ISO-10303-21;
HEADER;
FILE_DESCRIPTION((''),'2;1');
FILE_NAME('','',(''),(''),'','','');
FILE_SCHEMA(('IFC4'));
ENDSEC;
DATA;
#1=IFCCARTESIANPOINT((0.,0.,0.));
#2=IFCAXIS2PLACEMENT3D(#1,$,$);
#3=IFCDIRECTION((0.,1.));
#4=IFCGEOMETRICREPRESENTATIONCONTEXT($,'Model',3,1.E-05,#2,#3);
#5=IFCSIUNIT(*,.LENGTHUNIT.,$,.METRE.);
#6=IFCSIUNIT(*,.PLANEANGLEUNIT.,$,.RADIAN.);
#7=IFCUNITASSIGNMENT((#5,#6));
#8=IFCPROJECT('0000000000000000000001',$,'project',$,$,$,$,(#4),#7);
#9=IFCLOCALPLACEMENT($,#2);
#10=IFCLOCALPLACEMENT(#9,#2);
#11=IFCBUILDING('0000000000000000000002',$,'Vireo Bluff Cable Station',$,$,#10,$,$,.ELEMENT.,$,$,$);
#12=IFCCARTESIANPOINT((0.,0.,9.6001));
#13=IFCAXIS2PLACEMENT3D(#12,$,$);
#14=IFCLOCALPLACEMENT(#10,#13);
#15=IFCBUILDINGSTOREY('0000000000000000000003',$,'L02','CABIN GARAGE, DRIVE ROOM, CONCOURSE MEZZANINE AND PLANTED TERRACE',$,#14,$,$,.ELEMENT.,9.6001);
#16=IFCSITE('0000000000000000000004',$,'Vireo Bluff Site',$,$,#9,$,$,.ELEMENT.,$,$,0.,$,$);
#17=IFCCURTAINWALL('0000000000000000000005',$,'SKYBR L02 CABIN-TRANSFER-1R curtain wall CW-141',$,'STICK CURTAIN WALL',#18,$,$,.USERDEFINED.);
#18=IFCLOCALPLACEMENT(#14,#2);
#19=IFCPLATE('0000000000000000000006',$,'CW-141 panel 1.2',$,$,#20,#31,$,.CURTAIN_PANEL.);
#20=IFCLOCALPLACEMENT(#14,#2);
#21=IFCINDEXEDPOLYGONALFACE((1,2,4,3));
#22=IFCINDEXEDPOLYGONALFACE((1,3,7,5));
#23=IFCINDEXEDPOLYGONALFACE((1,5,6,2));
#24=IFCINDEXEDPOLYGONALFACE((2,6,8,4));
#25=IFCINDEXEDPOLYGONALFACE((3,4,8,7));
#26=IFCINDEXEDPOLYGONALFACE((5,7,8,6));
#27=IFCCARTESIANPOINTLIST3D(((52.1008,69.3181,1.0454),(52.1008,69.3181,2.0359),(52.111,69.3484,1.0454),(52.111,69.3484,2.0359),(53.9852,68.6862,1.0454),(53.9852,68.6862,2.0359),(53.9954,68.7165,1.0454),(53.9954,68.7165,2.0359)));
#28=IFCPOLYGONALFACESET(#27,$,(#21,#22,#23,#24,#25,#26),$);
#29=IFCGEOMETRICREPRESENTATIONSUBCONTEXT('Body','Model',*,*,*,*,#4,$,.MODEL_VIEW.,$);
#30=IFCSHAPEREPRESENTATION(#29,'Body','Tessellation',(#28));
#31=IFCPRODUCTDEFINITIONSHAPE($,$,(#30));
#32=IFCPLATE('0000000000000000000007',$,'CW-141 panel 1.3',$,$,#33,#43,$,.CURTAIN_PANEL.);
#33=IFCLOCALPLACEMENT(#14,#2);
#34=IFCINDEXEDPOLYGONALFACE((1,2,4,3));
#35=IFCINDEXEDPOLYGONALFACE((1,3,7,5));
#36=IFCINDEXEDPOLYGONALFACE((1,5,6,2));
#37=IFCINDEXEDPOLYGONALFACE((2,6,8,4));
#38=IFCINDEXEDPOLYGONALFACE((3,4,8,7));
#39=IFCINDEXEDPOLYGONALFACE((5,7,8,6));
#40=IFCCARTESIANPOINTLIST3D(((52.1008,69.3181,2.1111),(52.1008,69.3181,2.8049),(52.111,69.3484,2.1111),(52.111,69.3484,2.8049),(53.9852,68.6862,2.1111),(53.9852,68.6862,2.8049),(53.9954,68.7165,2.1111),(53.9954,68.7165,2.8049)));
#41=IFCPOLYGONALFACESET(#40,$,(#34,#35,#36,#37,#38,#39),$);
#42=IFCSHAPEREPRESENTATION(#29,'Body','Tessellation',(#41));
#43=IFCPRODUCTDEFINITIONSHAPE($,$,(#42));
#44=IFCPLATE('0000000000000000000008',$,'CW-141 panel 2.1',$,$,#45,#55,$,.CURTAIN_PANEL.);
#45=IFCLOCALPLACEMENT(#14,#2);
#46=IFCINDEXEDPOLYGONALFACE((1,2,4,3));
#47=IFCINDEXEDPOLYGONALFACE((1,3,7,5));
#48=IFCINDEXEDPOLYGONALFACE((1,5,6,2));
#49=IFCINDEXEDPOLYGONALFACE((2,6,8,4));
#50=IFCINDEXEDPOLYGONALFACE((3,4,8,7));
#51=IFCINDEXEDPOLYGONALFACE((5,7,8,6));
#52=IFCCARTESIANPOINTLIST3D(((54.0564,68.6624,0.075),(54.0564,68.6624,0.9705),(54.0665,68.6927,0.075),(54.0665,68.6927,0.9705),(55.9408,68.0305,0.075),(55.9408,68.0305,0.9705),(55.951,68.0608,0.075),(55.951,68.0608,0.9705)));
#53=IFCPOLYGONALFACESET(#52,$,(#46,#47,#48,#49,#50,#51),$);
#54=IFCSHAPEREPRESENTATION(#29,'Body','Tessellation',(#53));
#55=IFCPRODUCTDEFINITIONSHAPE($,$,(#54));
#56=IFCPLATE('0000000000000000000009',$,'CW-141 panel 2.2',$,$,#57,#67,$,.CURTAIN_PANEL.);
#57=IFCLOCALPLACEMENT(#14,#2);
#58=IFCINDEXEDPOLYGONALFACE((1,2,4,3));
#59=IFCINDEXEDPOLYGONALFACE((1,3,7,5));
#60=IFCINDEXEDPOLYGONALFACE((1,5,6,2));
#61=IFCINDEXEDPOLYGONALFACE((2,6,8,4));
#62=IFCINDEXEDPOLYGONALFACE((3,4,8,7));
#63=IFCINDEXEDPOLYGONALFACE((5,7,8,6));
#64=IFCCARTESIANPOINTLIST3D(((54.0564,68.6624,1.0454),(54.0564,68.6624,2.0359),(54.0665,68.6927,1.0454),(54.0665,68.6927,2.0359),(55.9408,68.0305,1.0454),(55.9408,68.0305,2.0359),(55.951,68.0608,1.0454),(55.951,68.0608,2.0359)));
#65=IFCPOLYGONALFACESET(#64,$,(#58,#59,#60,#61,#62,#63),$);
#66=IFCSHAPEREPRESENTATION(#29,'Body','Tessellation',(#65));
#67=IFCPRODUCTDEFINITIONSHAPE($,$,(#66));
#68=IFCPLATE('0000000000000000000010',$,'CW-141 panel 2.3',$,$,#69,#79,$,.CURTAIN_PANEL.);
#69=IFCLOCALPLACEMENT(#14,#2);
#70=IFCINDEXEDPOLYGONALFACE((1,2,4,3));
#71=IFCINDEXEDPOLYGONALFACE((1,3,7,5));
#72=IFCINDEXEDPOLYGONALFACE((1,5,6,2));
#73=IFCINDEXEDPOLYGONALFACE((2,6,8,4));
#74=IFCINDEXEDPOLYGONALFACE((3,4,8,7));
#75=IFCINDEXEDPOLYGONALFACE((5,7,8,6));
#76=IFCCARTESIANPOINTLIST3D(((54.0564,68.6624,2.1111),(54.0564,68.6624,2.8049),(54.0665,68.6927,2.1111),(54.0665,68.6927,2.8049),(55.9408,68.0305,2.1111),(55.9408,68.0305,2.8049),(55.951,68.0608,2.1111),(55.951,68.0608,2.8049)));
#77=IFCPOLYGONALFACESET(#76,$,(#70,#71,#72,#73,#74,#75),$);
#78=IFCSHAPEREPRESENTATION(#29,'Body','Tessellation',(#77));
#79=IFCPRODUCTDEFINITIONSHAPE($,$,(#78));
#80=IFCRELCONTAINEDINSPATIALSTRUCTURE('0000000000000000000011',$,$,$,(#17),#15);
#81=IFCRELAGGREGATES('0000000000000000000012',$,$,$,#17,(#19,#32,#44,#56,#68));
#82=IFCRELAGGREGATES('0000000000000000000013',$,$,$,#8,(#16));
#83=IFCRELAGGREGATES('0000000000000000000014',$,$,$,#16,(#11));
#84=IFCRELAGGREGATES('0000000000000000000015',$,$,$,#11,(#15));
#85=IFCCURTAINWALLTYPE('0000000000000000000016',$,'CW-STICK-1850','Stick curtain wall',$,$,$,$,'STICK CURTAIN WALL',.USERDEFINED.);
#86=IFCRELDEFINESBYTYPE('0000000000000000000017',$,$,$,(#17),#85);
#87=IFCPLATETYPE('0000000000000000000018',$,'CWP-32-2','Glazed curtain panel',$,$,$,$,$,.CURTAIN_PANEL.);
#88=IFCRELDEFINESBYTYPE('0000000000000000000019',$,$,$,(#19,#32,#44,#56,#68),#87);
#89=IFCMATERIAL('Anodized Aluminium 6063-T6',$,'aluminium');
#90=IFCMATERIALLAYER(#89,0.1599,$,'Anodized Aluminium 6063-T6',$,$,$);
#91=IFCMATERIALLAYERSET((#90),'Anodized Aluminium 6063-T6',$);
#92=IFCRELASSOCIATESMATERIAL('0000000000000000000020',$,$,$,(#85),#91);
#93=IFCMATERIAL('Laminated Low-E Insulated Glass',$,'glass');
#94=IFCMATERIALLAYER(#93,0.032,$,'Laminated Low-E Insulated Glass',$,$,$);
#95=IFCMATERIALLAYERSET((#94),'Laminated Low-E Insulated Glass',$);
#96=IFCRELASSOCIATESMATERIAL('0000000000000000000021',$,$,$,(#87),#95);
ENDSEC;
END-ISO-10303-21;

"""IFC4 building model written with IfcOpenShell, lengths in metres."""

from ifc_helpers import new_model, si_unit, direction, frame, origin, origin_2d, place, context, subcontext, project, spatial, rectangle, extrude, material, layer, layer_set, type_object, element, aggregate, save


model = new_model("IFC4")

# Units and contexts
model_context = context("Model", 3, precision=1e-05, world=origin(), true_north=direction((0.0, 1.0)))
body_context = subcontext(model_context, "Body", "Model", "MODEL_VIEW")
ifc_project = project(units=[si_unit("LENGTHUNIT", "METRE"), si_unit("PLANEANGLEUNIT", "RADIAN")], contexts=[model_context])

# Site, building, storey
site_placement = place(None, origin())
site = spatial("IfcSite", under=ifc_project, at=site_placement, Name="Vireo Bluff Site", CompositionType="ELEMENT", RefElevation=0.0)
building_placement = place(site_placement, origin())
building = spatial("IfcBuilding", under=site, at=building_placement, Name="Vireo Bluff Cable Station", CompositionType="ELEMENT")
storey_placement = place(building_placement, frame((0.0, 0.0, 9.6001)))
storey = spatial("IfcBuildingStorey", under=building, at=storey_placement, Name="L02", Description="CABIN GARAGE, DRIVE ROOM, CONCOURSE MEZZANINE AND PLANTED TERRACE", CompositionType="ELEMENT", Elevation=9.6001)

# Curtain wall
ifc_material_1 = material(Name="Anodized Aluminium 6063-T6", Category="aluminium")
ifc_layer_1 = layer(ifc_material_1, 0.1599, Name="Anodized Aluminium 6063-T6")
ifc_layer_set_1 = layer_set([ifc_layer_1], Name="Anodized Aluminium 6063-T6")
curtain_wall_type_1 = type_object("IfcCurtainWallType", Name="CW-STICK-1850", Description="Stick curtain wall", ElementType="STICK CURTAIN WALL", PredefinedType="USERDEFINED", material=ifc_layer_set_1)
curtain_wall_1_placement = place(storey_placement, origin())
curtain_wall_1 = element("IfcCurtainWall", 1, at=curtain_wall_1_placement, inside=storey, type_object=curtain_wall_type_1, Name="SKYBR L02 CABIN-TRANSFER-1R curtain wall CW-141", ObjectType="STICK CURTAIN WALL", PredefinedType="USERDEFINED")

# Plates
ifc_material_2 = material(Name="Laminated Low-E Insulated Glass", Category="glass")
ifc_layer_2 = layer(ifc_material_2, 0.032, Name="Laminated Low-E Insulated Glass")
ifc_layer_set_2 = layer_set([ifc_layer_2], Name="Laminated Low-E Insulated Glass")
plate_type_1 = type_object("IfcPlateType", Name="CWP-32-2", Description="Glazed curtain panel", PredefinedType="CURTAIN_PANEL", material=ifc_layer_set_2)
plate_1_placement = place(storey_placement, frame((53.0481, 69.0173, 1.0454), z_axis=(0.0, 0.0, 1.0), x_axis=(0.948115, -0.317927, 0.0)))
plate_1 = element("IfcPlate", 2, at=plate_1_placement, type_object=plate_type_1, Name="CW-141 panel 1.2", PredefinedType="CURTAIN_PANEL", context=body_context, shape_type="SweptSolid", body=[
    extrude(rectangle(XDim=1.9875, YDim=0.032, at=origin_2d()), origin(), (0.0, 0.0, 1.0), 0.9905),
])
plate_2_placement = place(storey_placement, frame((53.0481, 69.0173, 2.1111), z_axis=(0.0, 0.0, 1.0), x_axis=(0.948115, -0.317927, 0.0)))
plate_2 = element("IfcPlate", 3, at=plate_2_placement, type_object=plate_type_1, Name="CW-141 panel 1.3", PredefinedType="CURTAIN_PANEL", context=body_context, shape_type="SweptSolid", body=[
    extrude(rectangle(XDim=1.9875, YDim=0.032, at=origin_2d()), origin(), (0.0, 0.0, 1.0), 0.6938),
])
plate_3_placement = place(storey_placement, frame((55.0037, 68.3616, 0.075), z_axis=(0.0, 0.0, 1.0), x_axis=(0.948115, -0.317927, 0.0)))
plate_3 = element("IfcPlate", 4, at=plate_3_placement, type_object=plate_type_1, Name="CW-141 panel 2.1", PredefinedType="CURTAIN_PANEL", context=body_context, shape_type="SweptSolid", body=[
    extrude(rectangle(XDim=1.9875, YDim=0.032, at=origin_2d()), origin(), (0.0, 0.0, 1.0), 0.8955),
])
plate_4_placement = place(storey_placement, frame((55.0037, 68.3616, 1.0454), z_axis=(0.0, 0.0, 1.0), x_axis=(0.948115, -0.317927, 0.0)))
plate_4 = element("IfcPlate", 5, at=plate_4_placement, type_object=plate_type_1, Name="CW-141 panel 2.2", PredefinedType="CURTAIN_PANEL", context=body_context, shape_type="SweptSolid", body=[
    extrude(rectangle(XDim=1.9875, YDim=0.032, at=origin_2d()), origin(), (0.0, 0.0, 1.0), 0.9905),
])
plate_5_placement = place(storey_placement, frame((55.0037, 68.3616, 2.1111), z_axis=(0.0, 0.0, 1.0), x_axis=(0.948115, -0.317927, 0.0)))
plate_5 = element("IfcPlate", 6, at=plate_5_placement, type_object=plate_type_1, Name="CW-141 panel 2.3", PredefinedType="CURTAIN_PANEL", context=body_context, shape_type="SweptSolid", body=[
    extrude(rectangle(XDim=1.9875, YDim=0.032, at=origin_2d()), origin(), (0.0, 0.0, 1.0), 0.6938),
])
aggregate(curtain_wall_1, [plate_1, plate_2, plate_3, plate_4, plate_5])

save(model, "model.ifc")
